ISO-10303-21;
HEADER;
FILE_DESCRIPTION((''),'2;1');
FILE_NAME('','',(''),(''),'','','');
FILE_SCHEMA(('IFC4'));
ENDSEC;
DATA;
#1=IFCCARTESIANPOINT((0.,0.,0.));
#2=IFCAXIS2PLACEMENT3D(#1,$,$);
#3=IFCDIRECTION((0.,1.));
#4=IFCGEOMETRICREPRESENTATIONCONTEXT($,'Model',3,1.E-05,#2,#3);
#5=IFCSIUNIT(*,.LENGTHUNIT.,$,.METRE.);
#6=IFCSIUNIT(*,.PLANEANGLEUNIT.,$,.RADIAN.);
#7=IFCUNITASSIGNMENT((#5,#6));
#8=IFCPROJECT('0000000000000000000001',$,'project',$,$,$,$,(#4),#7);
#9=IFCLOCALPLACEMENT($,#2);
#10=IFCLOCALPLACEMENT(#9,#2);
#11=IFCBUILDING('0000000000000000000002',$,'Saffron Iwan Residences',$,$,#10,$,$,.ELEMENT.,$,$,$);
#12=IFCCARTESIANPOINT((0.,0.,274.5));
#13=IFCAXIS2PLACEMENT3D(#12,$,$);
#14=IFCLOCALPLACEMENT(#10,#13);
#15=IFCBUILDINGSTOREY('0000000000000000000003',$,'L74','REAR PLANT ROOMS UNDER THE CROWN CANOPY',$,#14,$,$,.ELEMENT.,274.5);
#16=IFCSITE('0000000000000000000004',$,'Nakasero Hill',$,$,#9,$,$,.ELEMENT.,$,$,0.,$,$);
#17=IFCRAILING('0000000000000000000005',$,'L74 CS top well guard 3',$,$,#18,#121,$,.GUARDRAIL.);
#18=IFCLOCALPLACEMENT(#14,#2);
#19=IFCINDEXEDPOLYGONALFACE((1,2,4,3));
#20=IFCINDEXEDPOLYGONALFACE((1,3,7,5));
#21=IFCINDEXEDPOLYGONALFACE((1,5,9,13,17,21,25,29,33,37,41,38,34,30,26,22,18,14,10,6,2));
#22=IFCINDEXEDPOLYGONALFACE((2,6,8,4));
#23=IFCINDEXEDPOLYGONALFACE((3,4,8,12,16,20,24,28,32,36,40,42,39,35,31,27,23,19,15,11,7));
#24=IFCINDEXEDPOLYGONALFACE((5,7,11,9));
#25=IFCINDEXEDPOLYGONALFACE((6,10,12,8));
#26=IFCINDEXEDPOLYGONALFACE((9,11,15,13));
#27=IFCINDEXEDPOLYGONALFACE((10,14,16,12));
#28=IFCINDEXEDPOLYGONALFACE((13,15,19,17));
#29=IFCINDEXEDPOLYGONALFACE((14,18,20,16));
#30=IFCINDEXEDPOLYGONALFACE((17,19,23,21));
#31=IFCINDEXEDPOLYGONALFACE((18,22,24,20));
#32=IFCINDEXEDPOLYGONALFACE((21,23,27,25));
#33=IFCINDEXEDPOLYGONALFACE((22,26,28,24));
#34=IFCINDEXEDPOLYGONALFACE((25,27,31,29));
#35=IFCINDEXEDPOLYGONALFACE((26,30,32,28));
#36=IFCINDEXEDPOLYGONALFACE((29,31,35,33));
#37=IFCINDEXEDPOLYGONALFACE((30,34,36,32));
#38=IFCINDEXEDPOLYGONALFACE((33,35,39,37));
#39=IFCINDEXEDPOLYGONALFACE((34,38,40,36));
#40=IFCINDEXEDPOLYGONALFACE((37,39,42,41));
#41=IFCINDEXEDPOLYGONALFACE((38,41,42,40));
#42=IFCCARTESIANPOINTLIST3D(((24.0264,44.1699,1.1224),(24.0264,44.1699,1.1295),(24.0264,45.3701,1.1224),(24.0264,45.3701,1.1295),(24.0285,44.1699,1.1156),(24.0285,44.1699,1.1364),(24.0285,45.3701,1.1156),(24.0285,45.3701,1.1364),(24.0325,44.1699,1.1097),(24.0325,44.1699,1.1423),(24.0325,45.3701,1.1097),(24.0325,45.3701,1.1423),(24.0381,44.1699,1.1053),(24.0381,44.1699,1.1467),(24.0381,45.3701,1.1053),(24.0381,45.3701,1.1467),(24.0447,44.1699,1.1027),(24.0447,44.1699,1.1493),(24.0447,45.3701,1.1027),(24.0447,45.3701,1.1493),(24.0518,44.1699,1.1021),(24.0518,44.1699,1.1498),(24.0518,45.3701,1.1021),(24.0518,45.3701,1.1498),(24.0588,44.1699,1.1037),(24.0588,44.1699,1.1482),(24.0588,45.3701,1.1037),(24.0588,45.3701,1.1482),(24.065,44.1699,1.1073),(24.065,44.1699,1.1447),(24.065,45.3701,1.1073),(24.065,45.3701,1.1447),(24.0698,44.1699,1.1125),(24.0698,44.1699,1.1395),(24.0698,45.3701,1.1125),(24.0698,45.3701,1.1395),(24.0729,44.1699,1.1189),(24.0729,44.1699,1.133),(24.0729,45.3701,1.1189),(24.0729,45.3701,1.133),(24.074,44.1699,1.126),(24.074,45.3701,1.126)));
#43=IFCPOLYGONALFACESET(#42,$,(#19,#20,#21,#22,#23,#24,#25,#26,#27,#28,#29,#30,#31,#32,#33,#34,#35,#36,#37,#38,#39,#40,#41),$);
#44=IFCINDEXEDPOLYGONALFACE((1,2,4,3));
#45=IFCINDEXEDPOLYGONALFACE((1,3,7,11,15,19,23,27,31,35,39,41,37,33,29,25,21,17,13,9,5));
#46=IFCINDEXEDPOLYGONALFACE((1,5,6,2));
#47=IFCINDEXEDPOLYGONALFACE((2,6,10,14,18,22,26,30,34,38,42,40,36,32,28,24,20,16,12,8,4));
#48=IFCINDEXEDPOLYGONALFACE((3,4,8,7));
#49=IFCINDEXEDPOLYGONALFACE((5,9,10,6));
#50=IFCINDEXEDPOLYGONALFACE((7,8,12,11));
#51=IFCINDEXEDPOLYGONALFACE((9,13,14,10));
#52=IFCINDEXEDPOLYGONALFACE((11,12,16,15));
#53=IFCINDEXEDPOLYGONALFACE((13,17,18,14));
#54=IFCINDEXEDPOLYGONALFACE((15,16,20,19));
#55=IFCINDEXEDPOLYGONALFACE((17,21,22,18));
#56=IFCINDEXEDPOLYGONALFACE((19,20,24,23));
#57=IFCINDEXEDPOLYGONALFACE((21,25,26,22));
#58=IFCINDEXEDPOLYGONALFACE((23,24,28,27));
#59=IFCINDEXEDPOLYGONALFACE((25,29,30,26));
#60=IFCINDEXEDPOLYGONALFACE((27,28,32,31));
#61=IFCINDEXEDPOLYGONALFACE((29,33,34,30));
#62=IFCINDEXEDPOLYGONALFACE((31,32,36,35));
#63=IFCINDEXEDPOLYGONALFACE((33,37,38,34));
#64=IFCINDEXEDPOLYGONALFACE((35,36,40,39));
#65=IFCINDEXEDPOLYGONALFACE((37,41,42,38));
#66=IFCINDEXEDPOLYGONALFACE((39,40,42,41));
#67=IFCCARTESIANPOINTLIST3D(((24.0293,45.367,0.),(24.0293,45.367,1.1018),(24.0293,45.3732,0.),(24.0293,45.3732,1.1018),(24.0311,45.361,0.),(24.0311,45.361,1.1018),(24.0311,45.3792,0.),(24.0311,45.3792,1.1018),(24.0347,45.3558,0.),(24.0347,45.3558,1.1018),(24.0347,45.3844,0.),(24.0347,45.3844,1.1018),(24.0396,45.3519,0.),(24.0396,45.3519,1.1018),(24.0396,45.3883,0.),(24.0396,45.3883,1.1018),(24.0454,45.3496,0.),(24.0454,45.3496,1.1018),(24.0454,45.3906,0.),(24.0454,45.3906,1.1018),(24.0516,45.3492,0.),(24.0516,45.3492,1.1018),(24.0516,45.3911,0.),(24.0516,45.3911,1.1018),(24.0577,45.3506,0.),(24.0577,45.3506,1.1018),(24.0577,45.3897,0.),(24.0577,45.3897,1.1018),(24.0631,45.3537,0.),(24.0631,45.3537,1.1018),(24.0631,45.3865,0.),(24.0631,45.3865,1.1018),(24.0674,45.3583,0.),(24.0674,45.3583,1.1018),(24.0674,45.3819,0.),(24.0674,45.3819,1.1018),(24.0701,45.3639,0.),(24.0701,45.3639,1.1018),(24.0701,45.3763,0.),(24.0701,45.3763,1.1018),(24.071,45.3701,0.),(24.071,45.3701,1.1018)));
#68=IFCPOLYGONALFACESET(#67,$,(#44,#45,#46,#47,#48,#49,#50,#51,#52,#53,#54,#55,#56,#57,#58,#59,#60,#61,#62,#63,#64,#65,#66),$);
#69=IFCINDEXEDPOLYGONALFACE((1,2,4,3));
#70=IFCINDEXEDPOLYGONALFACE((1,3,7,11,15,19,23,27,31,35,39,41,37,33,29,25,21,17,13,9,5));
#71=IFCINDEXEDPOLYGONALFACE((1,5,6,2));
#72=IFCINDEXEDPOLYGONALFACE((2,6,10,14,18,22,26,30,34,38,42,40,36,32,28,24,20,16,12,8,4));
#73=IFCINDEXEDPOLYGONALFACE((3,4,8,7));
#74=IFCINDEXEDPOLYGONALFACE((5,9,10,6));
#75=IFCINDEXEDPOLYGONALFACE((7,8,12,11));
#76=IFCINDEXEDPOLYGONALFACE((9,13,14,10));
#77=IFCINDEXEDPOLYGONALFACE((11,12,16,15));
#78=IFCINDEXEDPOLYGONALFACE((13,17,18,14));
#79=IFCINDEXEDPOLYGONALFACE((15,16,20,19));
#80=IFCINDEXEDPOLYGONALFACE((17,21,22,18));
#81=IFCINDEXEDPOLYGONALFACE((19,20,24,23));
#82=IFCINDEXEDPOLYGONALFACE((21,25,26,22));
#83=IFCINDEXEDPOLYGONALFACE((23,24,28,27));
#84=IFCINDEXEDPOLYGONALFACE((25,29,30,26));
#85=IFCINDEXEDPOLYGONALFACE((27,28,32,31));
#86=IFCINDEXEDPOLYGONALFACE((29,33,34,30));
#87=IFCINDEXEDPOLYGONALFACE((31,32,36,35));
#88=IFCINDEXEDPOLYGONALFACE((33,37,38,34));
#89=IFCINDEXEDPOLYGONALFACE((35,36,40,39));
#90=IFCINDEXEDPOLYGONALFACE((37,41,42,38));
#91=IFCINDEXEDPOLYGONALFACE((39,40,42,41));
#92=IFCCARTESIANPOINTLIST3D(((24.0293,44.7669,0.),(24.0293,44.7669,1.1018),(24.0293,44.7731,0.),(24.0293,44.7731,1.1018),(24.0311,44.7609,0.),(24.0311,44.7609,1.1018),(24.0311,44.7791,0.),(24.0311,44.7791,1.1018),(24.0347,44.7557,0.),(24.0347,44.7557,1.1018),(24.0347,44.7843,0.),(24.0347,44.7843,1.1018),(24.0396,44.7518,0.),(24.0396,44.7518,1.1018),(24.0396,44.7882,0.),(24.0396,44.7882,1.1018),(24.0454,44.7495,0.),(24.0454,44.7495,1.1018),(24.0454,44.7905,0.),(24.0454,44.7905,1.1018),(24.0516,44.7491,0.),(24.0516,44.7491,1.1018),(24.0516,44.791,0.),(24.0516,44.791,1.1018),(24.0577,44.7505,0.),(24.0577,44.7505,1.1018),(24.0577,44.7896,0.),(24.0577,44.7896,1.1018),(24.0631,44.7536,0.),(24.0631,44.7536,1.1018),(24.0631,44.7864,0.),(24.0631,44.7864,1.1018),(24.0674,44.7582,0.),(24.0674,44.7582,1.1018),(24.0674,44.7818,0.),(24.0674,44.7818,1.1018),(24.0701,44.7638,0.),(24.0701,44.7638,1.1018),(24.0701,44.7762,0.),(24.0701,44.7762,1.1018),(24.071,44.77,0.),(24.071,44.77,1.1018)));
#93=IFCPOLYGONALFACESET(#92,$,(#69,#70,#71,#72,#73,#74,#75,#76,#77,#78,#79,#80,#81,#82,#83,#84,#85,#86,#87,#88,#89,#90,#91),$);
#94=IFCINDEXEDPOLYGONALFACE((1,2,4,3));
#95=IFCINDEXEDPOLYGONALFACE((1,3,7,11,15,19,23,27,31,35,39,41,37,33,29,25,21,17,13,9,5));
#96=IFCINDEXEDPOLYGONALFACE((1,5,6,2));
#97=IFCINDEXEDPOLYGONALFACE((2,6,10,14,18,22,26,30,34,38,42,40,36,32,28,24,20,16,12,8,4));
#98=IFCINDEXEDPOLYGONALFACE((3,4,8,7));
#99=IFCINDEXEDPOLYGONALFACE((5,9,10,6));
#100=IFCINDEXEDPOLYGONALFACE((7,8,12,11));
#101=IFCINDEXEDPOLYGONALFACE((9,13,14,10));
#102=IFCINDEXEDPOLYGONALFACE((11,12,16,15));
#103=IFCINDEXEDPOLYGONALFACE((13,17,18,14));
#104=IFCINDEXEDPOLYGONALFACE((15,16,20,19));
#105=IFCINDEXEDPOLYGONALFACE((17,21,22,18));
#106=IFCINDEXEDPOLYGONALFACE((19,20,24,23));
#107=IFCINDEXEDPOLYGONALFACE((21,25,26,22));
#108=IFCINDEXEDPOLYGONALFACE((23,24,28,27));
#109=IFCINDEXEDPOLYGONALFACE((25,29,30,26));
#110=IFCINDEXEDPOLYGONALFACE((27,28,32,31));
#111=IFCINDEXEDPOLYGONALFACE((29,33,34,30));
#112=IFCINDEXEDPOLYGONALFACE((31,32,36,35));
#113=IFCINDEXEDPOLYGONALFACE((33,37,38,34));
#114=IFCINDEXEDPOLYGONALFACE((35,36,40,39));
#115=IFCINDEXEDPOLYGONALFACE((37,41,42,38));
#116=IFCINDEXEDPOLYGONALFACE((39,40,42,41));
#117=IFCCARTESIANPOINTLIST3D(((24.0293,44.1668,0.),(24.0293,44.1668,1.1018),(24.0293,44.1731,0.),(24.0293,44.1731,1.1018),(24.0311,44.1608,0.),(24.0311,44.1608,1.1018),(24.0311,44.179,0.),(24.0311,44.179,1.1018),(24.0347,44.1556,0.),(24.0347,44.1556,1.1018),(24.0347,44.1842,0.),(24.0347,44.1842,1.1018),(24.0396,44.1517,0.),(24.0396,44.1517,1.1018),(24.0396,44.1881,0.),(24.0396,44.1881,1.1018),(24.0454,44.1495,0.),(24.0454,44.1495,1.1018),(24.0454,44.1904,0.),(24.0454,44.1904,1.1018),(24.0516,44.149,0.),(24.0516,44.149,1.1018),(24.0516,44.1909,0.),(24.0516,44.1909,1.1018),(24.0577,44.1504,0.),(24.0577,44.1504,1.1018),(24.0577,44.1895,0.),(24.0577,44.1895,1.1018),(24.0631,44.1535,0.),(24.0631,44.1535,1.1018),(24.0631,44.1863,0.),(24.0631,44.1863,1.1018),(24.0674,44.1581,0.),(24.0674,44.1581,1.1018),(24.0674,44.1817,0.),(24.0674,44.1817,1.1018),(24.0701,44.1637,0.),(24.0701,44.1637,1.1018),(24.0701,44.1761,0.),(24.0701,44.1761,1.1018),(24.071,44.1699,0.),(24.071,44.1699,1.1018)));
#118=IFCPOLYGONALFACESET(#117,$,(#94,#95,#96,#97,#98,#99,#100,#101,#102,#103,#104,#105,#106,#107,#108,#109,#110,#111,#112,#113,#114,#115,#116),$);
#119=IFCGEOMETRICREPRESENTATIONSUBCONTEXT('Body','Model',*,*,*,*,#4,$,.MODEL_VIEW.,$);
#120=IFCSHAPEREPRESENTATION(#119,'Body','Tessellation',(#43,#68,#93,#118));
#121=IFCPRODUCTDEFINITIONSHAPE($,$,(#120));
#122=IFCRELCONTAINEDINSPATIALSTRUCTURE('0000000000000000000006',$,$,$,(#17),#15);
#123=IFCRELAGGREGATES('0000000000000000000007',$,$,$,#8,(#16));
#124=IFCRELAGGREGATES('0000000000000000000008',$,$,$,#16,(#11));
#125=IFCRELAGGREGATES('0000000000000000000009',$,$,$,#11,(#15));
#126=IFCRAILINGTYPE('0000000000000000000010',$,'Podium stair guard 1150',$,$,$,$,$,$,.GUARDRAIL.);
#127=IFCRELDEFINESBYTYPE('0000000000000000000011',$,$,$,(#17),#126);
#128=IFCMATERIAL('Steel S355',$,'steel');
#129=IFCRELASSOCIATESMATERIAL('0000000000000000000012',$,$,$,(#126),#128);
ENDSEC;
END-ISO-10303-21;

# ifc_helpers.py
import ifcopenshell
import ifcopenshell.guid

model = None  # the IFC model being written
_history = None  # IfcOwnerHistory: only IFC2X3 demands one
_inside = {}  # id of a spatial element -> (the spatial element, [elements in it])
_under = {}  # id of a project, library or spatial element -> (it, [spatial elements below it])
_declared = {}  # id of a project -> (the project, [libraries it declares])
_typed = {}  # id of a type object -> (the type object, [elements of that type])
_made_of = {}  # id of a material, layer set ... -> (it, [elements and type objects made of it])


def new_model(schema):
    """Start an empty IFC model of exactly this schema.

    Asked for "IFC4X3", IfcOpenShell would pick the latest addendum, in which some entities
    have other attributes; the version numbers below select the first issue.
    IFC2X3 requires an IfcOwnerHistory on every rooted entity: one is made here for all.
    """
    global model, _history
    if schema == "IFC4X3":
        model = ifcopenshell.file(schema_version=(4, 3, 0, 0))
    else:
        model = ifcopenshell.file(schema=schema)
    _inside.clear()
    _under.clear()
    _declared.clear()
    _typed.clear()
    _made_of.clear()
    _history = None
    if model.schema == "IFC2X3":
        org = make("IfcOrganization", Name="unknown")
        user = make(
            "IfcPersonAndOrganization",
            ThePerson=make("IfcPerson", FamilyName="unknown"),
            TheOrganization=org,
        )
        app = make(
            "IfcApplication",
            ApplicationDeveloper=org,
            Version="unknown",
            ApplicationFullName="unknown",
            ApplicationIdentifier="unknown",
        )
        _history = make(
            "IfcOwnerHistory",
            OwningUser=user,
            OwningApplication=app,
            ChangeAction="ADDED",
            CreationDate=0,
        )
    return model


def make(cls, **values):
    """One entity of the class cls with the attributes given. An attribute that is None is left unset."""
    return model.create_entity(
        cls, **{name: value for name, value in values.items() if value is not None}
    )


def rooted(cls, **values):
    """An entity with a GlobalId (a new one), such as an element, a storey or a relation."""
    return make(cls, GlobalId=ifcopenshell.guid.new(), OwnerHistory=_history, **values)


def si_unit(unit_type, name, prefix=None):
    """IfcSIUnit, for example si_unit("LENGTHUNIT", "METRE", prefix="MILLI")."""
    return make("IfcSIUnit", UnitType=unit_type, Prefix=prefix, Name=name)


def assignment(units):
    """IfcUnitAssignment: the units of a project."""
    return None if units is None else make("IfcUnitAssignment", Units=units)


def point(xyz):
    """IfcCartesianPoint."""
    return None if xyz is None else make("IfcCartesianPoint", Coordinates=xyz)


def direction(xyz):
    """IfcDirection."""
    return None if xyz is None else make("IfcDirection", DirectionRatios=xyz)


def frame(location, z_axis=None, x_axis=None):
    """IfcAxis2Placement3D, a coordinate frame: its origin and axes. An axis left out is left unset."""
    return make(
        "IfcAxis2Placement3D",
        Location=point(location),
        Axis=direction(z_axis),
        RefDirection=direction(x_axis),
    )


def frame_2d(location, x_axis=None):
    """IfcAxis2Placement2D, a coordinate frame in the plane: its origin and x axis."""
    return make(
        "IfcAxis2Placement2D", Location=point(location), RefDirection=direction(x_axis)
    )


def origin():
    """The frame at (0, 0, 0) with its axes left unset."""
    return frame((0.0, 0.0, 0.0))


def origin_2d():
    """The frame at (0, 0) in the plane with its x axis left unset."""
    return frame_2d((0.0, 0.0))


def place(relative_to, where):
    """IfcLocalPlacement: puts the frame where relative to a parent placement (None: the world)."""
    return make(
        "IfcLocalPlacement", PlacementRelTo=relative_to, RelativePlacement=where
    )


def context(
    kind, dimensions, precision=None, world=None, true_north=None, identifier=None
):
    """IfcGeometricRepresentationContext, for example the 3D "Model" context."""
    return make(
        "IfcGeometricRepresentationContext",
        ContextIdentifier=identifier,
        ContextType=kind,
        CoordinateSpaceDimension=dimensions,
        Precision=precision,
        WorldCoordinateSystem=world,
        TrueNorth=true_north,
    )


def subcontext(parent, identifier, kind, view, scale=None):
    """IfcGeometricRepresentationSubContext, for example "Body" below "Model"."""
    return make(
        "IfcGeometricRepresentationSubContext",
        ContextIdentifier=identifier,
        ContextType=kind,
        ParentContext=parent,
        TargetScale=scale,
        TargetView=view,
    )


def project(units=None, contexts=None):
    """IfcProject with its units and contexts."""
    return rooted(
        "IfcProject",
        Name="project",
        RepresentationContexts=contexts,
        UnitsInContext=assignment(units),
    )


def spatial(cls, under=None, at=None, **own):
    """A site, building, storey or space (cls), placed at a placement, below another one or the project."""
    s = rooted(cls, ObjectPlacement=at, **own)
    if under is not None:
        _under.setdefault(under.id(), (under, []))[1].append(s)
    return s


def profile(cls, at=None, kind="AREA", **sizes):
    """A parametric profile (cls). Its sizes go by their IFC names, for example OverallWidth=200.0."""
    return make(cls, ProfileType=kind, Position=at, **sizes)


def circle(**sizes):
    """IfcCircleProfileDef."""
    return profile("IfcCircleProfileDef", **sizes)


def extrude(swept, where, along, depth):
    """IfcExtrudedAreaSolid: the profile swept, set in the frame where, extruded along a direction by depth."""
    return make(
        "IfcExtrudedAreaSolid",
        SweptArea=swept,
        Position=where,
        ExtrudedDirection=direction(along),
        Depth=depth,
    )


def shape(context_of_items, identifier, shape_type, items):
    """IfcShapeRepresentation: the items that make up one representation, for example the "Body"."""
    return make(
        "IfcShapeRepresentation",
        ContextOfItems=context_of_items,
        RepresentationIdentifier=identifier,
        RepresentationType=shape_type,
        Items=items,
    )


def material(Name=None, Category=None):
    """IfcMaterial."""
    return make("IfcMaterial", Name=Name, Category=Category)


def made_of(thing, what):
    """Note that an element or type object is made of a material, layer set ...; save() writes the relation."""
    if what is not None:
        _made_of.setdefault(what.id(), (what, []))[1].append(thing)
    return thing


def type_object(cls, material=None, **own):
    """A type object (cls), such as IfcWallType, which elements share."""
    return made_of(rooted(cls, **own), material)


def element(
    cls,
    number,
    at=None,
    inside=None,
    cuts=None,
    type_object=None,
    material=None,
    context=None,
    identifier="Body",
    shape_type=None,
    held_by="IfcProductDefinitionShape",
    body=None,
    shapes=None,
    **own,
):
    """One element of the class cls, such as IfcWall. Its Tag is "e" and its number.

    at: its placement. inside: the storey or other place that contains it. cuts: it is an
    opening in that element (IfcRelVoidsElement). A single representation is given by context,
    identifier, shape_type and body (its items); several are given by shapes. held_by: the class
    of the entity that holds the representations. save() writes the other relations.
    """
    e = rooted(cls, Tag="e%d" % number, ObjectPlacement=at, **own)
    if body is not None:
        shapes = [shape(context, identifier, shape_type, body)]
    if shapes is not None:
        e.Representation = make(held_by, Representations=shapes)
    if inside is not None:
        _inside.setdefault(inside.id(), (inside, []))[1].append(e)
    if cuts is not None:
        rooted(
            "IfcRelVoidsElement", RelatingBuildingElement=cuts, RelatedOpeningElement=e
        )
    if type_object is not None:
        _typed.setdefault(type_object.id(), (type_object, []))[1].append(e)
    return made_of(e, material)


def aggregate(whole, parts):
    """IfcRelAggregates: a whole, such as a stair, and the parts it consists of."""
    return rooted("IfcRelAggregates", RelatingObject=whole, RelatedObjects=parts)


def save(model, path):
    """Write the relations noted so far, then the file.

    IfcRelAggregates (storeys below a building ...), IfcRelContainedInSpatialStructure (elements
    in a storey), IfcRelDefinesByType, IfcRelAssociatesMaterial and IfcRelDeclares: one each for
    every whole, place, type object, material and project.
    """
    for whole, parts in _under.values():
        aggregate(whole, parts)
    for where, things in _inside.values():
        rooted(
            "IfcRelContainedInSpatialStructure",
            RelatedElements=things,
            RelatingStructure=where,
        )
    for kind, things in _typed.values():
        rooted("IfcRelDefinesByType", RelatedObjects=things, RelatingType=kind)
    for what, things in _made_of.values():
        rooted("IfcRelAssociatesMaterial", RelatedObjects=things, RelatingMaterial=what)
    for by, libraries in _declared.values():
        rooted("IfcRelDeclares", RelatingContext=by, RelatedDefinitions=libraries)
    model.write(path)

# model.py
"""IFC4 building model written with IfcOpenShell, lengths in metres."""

from ifc_helpers import new_model, si_unit, direction, frame, origin, origin_2d, place, context, subcontext, project, spatial, circle, extrude, material, type_object, element, save


model = new_model("IFC4")

# Units and contexts
model_context = context("Model", 3, precision=1e-05, world=origin(), true_north=direction((0.0, 1.0)))
body_context = subcontext(model_context, "Body", "Model", "MODEL_VIEW")
ifc_project = project(units=[si_unit("LENGTHUNIT", "METRE"), si_unit("PLANEANGLEUNIT", "RADIAN")], contexts=[model_context])

# Site, building, storey
site_placement = place(None, origin())
site = spatial("IfcSite", under=ifc_project, at=site_placement, Name="Nakasero Hill", CompositionType="ELEMENT", RefElevation=0.0)
building_placement = place(site_placement, origin())
building = spatial("IfcBuilding", under=site, at=building_placement, Name="Saffron Iwan Residences", CompositionType="ELEMENT")
storey_placement = place(building_placement, frame((0.0, 0.0, 274.5)))
storey = spatial("IfcBuildingStorey", under=building, at=storey_placement, Name="L74", Description="REAR PLANT ROOMS UNDER THE CROWN CANOPY", CompositionType="ELEMENT", Elevation=274.5)

# Railing
ifc_material_1 = material(Name="Steel S355", Category="steel")
railing_type_1 = type_object("IfcRailingType", Name="Podium stair guard 1150", PredefinedType="GUARDRAIL", material=ifc_material_1)
railing_1_placement = place(storey_placement, frame((24.05, 45.3701, 0.0)))
element("IfcRailing", 1, at=railing_1_placement, inside=storey, type_object=railing_type_1, Name="L74 CS top well guard 3", PredefinedType="GUARDRAIL", context=body_context, shape_type="SweptSolid", body=[
    extrude(circle(Radius=0.0239, at=origin_2d()), frame((0.0, 0.0, 1.126), z_axis=(0.0, -1.0, 0.0), x_axis=(1.0, 0.0, 0.0)), (0.0, 0.0, 1.0), 1.2002),
    extrude(circle(Radius=0.021, at=origin_2d()), origin(), (0.0, 0.0, 1.0), 1.1018),
    extrude(circle(Radius=0.021, at=origin_2d()), frame((0.0, -0.6001, 0.0)), (0.0, 0.0, 1.0), 1.1018),
    extrude(circle(Radius=0.021, at=origin_2d()), frame((0.0, -1.2002, 0.0)), (0.0, 0.0, 1.0), 1.1018),
])

save(model, "model.ifc")
